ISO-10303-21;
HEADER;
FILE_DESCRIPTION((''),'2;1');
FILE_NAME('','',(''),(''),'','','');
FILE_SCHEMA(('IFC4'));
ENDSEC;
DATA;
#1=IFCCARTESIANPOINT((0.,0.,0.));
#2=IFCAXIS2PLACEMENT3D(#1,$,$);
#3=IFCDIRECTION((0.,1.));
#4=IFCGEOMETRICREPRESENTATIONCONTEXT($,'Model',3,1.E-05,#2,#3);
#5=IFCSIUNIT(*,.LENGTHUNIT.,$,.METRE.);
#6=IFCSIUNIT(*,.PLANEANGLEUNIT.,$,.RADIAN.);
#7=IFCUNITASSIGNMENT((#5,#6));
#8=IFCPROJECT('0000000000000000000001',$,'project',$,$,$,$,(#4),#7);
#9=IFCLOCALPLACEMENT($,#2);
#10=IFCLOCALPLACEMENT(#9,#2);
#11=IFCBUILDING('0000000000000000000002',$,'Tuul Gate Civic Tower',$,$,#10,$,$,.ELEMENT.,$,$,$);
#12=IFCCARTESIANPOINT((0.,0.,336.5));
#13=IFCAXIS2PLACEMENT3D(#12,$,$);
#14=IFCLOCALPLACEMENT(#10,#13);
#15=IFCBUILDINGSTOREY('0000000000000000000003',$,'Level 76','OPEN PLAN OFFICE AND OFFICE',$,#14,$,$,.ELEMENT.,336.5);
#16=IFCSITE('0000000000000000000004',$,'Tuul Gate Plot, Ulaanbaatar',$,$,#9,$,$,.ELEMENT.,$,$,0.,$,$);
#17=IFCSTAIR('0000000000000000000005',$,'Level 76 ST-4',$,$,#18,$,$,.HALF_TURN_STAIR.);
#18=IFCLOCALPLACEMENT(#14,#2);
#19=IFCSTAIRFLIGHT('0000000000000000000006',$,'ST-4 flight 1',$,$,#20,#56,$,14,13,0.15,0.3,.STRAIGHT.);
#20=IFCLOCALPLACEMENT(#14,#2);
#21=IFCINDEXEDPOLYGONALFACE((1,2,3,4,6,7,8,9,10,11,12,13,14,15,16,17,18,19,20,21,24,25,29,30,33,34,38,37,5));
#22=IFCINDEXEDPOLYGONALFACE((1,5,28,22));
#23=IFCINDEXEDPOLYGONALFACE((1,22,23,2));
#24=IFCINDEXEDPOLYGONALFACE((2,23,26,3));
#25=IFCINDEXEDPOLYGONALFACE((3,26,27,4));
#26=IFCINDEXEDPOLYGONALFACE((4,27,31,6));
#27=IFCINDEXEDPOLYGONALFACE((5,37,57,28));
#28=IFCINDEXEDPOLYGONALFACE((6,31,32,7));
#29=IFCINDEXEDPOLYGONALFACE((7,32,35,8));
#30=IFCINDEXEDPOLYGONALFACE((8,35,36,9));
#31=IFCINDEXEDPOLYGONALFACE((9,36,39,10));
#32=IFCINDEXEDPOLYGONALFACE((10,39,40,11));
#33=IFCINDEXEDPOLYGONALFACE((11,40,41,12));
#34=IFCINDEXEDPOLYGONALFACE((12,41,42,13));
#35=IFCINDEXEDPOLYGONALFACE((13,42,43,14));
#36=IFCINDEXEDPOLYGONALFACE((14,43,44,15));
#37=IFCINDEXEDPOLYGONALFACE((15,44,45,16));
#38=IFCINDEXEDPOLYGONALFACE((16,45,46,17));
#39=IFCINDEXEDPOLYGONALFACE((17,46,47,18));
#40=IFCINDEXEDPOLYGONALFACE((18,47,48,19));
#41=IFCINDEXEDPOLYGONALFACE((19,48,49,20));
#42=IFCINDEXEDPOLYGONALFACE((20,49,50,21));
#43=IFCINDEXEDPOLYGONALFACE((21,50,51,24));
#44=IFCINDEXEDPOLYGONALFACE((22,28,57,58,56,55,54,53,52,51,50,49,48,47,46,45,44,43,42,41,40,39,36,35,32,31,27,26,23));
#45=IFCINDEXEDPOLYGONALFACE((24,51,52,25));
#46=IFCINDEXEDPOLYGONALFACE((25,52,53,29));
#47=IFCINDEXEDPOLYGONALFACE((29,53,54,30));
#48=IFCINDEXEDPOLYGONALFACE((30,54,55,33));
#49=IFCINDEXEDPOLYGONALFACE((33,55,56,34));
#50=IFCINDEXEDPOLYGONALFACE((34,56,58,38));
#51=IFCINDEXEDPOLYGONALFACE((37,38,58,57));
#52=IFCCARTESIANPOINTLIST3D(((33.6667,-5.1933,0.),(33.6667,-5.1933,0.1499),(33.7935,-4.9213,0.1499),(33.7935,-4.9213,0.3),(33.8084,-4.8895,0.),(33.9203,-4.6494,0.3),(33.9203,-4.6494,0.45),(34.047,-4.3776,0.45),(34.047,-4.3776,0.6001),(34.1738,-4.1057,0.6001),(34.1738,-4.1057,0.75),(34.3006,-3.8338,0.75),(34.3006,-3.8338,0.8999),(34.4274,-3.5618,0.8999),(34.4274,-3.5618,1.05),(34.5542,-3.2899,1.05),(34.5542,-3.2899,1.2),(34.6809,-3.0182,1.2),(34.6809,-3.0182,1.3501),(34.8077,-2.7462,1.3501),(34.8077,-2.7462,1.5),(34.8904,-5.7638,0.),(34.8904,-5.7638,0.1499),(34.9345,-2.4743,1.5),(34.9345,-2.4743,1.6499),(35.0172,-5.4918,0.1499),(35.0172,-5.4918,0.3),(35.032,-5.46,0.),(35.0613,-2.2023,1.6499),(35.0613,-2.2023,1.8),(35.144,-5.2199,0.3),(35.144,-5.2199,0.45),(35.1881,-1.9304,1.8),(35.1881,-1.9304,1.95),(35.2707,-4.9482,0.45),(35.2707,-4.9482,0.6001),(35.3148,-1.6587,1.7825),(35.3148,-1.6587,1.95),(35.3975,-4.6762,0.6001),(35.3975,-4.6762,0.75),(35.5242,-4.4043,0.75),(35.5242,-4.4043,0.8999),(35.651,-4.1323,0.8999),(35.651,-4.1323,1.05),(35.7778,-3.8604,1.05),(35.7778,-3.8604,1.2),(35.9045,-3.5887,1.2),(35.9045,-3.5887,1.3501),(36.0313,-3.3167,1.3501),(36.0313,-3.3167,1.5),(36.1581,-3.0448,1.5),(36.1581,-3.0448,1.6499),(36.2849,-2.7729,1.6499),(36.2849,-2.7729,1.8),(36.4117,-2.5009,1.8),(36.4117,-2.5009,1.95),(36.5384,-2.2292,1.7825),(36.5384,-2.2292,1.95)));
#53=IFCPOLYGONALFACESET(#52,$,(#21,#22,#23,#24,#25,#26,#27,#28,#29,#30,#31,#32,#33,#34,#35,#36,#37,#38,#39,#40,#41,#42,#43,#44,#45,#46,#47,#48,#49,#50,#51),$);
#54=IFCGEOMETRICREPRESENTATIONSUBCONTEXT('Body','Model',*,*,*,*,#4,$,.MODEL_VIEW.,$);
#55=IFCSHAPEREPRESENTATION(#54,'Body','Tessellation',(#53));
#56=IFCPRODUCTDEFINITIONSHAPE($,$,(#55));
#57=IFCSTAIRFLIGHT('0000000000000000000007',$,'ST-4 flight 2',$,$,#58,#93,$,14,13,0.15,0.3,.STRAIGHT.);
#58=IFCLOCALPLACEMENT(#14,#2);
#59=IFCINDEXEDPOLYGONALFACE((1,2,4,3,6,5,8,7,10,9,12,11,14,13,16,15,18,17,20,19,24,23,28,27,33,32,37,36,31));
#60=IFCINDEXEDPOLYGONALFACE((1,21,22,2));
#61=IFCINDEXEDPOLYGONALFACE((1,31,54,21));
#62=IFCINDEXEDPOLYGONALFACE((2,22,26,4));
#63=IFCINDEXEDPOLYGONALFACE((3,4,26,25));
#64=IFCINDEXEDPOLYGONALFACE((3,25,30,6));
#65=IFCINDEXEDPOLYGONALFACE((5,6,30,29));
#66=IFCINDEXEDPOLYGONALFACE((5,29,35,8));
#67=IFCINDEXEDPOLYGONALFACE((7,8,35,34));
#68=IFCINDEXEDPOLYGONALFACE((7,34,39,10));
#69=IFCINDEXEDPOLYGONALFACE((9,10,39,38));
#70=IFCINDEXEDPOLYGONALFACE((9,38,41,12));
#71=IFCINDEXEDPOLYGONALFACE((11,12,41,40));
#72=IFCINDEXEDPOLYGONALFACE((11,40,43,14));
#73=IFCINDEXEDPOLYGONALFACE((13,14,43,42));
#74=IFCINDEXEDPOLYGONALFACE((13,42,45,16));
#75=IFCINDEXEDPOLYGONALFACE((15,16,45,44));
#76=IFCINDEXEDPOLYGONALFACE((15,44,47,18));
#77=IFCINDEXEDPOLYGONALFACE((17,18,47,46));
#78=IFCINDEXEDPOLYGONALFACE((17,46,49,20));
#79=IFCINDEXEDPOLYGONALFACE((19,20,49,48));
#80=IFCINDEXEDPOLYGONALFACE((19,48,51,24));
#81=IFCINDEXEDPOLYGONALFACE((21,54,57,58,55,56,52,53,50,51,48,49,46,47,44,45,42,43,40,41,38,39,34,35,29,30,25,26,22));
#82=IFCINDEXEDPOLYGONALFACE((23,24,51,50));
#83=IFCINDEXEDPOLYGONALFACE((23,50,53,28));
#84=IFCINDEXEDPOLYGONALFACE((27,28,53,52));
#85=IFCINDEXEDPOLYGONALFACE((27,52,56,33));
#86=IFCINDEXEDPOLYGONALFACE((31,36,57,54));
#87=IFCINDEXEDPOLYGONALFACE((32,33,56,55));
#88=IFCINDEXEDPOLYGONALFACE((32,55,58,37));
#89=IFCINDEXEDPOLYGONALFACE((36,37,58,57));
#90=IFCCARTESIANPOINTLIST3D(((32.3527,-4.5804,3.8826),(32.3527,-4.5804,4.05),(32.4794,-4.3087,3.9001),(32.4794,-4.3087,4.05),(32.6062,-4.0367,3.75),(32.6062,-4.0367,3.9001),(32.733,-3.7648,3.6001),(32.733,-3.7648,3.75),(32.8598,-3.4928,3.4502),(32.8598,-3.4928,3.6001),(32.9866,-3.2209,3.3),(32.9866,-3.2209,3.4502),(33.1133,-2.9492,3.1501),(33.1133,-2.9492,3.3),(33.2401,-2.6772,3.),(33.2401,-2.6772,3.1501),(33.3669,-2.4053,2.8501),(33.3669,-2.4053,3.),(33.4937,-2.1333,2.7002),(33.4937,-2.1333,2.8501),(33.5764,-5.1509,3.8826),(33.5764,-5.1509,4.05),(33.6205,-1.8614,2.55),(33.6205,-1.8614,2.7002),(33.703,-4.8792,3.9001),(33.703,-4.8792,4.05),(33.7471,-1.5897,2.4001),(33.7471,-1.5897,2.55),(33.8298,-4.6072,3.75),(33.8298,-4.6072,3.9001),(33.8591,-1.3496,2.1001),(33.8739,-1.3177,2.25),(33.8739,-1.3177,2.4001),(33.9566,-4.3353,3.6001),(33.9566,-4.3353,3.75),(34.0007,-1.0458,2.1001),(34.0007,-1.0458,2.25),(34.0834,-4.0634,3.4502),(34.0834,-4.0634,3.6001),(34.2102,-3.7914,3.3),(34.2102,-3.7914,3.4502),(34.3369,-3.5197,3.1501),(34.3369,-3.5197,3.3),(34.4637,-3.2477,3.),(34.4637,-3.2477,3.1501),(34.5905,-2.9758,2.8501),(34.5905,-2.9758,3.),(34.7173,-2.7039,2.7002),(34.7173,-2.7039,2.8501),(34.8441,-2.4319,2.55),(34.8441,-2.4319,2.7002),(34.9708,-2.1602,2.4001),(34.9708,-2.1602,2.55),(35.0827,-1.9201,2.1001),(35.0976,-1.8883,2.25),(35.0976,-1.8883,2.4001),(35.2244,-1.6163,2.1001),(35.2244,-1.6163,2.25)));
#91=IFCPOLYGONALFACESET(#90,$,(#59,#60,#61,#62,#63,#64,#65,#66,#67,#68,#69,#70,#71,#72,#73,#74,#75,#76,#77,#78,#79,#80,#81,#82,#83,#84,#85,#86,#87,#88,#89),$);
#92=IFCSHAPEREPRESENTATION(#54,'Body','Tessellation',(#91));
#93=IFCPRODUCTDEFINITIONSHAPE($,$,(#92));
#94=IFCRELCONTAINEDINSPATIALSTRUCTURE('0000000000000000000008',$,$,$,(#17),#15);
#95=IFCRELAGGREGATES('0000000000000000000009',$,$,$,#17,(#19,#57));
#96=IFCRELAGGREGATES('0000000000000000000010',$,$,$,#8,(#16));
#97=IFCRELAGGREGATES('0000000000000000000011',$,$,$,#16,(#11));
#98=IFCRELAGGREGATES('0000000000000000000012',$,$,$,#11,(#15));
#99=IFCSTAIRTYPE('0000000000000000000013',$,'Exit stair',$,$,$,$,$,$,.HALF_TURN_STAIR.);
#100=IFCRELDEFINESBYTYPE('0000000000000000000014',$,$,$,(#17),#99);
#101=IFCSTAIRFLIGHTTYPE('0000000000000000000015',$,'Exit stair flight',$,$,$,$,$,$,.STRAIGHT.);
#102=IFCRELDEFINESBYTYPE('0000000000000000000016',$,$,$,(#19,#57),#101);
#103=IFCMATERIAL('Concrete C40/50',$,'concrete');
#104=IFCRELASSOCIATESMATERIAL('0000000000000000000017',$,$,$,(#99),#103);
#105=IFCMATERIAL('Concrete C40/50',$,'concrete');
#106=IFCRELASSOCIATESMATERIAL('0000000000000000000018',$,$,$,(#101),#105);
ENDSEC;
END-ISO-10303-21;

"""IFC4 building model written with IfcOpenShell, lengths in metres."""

from ifc_helpers import new_model, si_unit, direction, frame, origin, place, context, subcontext, project, spatial, polyline, outline, extrude, material, type_object, element, aggregate, save


model = new_model("IFC4")

# Units and contexts
model_context = context("Model", 3, precision=1e-05, world=origin(), true_north=direction((0.0, 1.0)))
body_context = subcontext(model_context, "Body", "Model", "MODEL_VIEW")
ifc_project = project(units=[si_unit("LENGTHUNIT", "METRE"), si_unit("PLANEANGLEUNIT", "RADIAN")], contexts=[model_context])

# Site, building, storey
site_placement = place(None, origin())
site = spatial("IfcSite", under=ifc_project, at=site_placement, Name="Tuul Gate Plot, Ulaanbaatar", CompositionType="ELEMENT", RefElevation=0.0)
building_placement = place(site_placement, origin())
building = spatial("IfcBuilding", under=site, at=building_placement, Name="Tuul Gate Civic Tower", CompositionType="ELEMENT")
storey_placement = place(building_placement, frame((0.0, 0.0, 336.5)))
storey = spatial("IfcBuildingStorey", under=building, at=storey_placement, Name="Level 76", Description="OPEN PLAN OFFICE AND OFFICE", CompositionType="ELEMENT", Elevation=336.5)

# Stair, stair flights
ifc_material_1 = material(Name="Concrete C40/50", Category="concrete")
stair_type = type_object("IfcStairType", Name="Exit stair", PredefinedType="HALF_TURN_STAIR", material=ifc_material_1)
stair_placement = place(storey_placement, origin())
stair = element("IfcStair", 1, at=stair_placement, inside=storey, type_object=stair_type, Name="Level 76 ST-4", PredefinedType="HALF_TURN_STAIR")
ifc_material_2 = material(Name="Concrete C40/50", Category="concrete")
stair_flight_type = type_object("IfcStairFlightType", Name="Exit stair flight", PredefinedType="STRAIGHT", material=ifc_material_2)
stair_flight_1_placement = place(storey_placement, frame((34.2786, -5.4785, 0.0), z_axis=(0.0, 0.0, 1.0), x_axis=(0.422576, 0.906327, 0.0)))
stair_flight_1 = element("IfcStairFlight", 2, at=stair_flight_1_placement, type_object=stair_flight_type, Name="ST-4 flight 1", NumberOfRisers=14, NumberOfTreads=13, PredefinedType="STRAIGHT", RiserHeight=0.15, TreadLength=0.3, context=body_context, shape_type="SweptSolid", body=[
    extrude(outline(polyline([(0.0, 0.0), (0.0, 0.1499), (0.3, 0.1499), (0.3, 0.3), (0.6001, 0.3), (0.6001, 0.45), (0.8999, 0.45), (0.8999, 0.6001), (1.2, 0.6001), (1.2, 0.75), (1.5, 0.75), (1.5, 0.8999), (1.8, 0.8999), (1.8, 1.05), (2.1001, 1.05), (2.1001, 1.2), (2.3999, 1.2), (2.3999, 1.3501), (2.7, 1.3501), (2.7, 1.5), (3.0, 1.5), (3.0, 1.6499), (3.3, 1.6499), (3.3, 1.8), (3.6001, 1.8), (3.6001, 1.95), (3.8999, 1.95), (3.8999, 2.1001), (3.8999, 1.7825), (0.3352, 0.0), (0.0, 0.0)])), frame((0.0, 0.675, 0.0), z_axis=(0.0, -1.0, 0.0), x_axis=(1.0, 0.0, 0.0)), (0.0, 0.0, 1.0), 1.3501),
])
stair_flight_2_placement = place(storey_placement, frame((34.6125, -1.3311, 2.1001), z_axis=(0.0, 0.0, 1.0), x_axis=(-0.422576, -0.906327, 0.0)))
stair_flight_2 = element("IfcStairFlight", 3, at=stair_flight_2_placement, type_object=stair_flight_type, Name="ST-4 flight 2", NumberOfRisers=14, NumberOfTreads=13, PredefinedType="STRAIGHT", RiserHeight=0.15, TreadLength=0.3, context=body_context, shape_type="SweptSolid", body=[
    extrude(outline(polyline([(0.0, 0.0), (0.0, 0.1499), (0.3, 0.1499), (0.3, 0.3), (0.6001, 0.3), (0.6001, 0.45), (0.8999, 0.45), (0.8999, 0.6001), (1.2, 0.6001), (1.2, 0.75), (1.5, 0.75), (1.5, 0.8999), (1.8, 0.8999), (1.8, 1.05), (2.1001, 1.05), (2.1001, 1.2), (2.3999, 1.2), (2.3999, 1.3501), (2.7, 1.3501), (2.7, 1.5), (3.0, 1.5), (3.0, 1.6499), (3.3, 1.6499), (3.3, 1.8), (3.6001, 1.8), (3.6001, 1.95), (3.8999, 1.95), (3.8999, 2.1001), (3.8999, 1.7825), (0.3352, 0.0), (0.0, 0.0)])), frame((0.0, 0.675, 0.0), z_axis=(0.0, -1.0, 0.0), x_axis=(1.0, 0.0, 0.0)), (0.0, 0.0, 1.0), 1.3501),
])
aggregate(stair, [stair_flight_1, stair_flight_2])

save(model, "model.ifc")
